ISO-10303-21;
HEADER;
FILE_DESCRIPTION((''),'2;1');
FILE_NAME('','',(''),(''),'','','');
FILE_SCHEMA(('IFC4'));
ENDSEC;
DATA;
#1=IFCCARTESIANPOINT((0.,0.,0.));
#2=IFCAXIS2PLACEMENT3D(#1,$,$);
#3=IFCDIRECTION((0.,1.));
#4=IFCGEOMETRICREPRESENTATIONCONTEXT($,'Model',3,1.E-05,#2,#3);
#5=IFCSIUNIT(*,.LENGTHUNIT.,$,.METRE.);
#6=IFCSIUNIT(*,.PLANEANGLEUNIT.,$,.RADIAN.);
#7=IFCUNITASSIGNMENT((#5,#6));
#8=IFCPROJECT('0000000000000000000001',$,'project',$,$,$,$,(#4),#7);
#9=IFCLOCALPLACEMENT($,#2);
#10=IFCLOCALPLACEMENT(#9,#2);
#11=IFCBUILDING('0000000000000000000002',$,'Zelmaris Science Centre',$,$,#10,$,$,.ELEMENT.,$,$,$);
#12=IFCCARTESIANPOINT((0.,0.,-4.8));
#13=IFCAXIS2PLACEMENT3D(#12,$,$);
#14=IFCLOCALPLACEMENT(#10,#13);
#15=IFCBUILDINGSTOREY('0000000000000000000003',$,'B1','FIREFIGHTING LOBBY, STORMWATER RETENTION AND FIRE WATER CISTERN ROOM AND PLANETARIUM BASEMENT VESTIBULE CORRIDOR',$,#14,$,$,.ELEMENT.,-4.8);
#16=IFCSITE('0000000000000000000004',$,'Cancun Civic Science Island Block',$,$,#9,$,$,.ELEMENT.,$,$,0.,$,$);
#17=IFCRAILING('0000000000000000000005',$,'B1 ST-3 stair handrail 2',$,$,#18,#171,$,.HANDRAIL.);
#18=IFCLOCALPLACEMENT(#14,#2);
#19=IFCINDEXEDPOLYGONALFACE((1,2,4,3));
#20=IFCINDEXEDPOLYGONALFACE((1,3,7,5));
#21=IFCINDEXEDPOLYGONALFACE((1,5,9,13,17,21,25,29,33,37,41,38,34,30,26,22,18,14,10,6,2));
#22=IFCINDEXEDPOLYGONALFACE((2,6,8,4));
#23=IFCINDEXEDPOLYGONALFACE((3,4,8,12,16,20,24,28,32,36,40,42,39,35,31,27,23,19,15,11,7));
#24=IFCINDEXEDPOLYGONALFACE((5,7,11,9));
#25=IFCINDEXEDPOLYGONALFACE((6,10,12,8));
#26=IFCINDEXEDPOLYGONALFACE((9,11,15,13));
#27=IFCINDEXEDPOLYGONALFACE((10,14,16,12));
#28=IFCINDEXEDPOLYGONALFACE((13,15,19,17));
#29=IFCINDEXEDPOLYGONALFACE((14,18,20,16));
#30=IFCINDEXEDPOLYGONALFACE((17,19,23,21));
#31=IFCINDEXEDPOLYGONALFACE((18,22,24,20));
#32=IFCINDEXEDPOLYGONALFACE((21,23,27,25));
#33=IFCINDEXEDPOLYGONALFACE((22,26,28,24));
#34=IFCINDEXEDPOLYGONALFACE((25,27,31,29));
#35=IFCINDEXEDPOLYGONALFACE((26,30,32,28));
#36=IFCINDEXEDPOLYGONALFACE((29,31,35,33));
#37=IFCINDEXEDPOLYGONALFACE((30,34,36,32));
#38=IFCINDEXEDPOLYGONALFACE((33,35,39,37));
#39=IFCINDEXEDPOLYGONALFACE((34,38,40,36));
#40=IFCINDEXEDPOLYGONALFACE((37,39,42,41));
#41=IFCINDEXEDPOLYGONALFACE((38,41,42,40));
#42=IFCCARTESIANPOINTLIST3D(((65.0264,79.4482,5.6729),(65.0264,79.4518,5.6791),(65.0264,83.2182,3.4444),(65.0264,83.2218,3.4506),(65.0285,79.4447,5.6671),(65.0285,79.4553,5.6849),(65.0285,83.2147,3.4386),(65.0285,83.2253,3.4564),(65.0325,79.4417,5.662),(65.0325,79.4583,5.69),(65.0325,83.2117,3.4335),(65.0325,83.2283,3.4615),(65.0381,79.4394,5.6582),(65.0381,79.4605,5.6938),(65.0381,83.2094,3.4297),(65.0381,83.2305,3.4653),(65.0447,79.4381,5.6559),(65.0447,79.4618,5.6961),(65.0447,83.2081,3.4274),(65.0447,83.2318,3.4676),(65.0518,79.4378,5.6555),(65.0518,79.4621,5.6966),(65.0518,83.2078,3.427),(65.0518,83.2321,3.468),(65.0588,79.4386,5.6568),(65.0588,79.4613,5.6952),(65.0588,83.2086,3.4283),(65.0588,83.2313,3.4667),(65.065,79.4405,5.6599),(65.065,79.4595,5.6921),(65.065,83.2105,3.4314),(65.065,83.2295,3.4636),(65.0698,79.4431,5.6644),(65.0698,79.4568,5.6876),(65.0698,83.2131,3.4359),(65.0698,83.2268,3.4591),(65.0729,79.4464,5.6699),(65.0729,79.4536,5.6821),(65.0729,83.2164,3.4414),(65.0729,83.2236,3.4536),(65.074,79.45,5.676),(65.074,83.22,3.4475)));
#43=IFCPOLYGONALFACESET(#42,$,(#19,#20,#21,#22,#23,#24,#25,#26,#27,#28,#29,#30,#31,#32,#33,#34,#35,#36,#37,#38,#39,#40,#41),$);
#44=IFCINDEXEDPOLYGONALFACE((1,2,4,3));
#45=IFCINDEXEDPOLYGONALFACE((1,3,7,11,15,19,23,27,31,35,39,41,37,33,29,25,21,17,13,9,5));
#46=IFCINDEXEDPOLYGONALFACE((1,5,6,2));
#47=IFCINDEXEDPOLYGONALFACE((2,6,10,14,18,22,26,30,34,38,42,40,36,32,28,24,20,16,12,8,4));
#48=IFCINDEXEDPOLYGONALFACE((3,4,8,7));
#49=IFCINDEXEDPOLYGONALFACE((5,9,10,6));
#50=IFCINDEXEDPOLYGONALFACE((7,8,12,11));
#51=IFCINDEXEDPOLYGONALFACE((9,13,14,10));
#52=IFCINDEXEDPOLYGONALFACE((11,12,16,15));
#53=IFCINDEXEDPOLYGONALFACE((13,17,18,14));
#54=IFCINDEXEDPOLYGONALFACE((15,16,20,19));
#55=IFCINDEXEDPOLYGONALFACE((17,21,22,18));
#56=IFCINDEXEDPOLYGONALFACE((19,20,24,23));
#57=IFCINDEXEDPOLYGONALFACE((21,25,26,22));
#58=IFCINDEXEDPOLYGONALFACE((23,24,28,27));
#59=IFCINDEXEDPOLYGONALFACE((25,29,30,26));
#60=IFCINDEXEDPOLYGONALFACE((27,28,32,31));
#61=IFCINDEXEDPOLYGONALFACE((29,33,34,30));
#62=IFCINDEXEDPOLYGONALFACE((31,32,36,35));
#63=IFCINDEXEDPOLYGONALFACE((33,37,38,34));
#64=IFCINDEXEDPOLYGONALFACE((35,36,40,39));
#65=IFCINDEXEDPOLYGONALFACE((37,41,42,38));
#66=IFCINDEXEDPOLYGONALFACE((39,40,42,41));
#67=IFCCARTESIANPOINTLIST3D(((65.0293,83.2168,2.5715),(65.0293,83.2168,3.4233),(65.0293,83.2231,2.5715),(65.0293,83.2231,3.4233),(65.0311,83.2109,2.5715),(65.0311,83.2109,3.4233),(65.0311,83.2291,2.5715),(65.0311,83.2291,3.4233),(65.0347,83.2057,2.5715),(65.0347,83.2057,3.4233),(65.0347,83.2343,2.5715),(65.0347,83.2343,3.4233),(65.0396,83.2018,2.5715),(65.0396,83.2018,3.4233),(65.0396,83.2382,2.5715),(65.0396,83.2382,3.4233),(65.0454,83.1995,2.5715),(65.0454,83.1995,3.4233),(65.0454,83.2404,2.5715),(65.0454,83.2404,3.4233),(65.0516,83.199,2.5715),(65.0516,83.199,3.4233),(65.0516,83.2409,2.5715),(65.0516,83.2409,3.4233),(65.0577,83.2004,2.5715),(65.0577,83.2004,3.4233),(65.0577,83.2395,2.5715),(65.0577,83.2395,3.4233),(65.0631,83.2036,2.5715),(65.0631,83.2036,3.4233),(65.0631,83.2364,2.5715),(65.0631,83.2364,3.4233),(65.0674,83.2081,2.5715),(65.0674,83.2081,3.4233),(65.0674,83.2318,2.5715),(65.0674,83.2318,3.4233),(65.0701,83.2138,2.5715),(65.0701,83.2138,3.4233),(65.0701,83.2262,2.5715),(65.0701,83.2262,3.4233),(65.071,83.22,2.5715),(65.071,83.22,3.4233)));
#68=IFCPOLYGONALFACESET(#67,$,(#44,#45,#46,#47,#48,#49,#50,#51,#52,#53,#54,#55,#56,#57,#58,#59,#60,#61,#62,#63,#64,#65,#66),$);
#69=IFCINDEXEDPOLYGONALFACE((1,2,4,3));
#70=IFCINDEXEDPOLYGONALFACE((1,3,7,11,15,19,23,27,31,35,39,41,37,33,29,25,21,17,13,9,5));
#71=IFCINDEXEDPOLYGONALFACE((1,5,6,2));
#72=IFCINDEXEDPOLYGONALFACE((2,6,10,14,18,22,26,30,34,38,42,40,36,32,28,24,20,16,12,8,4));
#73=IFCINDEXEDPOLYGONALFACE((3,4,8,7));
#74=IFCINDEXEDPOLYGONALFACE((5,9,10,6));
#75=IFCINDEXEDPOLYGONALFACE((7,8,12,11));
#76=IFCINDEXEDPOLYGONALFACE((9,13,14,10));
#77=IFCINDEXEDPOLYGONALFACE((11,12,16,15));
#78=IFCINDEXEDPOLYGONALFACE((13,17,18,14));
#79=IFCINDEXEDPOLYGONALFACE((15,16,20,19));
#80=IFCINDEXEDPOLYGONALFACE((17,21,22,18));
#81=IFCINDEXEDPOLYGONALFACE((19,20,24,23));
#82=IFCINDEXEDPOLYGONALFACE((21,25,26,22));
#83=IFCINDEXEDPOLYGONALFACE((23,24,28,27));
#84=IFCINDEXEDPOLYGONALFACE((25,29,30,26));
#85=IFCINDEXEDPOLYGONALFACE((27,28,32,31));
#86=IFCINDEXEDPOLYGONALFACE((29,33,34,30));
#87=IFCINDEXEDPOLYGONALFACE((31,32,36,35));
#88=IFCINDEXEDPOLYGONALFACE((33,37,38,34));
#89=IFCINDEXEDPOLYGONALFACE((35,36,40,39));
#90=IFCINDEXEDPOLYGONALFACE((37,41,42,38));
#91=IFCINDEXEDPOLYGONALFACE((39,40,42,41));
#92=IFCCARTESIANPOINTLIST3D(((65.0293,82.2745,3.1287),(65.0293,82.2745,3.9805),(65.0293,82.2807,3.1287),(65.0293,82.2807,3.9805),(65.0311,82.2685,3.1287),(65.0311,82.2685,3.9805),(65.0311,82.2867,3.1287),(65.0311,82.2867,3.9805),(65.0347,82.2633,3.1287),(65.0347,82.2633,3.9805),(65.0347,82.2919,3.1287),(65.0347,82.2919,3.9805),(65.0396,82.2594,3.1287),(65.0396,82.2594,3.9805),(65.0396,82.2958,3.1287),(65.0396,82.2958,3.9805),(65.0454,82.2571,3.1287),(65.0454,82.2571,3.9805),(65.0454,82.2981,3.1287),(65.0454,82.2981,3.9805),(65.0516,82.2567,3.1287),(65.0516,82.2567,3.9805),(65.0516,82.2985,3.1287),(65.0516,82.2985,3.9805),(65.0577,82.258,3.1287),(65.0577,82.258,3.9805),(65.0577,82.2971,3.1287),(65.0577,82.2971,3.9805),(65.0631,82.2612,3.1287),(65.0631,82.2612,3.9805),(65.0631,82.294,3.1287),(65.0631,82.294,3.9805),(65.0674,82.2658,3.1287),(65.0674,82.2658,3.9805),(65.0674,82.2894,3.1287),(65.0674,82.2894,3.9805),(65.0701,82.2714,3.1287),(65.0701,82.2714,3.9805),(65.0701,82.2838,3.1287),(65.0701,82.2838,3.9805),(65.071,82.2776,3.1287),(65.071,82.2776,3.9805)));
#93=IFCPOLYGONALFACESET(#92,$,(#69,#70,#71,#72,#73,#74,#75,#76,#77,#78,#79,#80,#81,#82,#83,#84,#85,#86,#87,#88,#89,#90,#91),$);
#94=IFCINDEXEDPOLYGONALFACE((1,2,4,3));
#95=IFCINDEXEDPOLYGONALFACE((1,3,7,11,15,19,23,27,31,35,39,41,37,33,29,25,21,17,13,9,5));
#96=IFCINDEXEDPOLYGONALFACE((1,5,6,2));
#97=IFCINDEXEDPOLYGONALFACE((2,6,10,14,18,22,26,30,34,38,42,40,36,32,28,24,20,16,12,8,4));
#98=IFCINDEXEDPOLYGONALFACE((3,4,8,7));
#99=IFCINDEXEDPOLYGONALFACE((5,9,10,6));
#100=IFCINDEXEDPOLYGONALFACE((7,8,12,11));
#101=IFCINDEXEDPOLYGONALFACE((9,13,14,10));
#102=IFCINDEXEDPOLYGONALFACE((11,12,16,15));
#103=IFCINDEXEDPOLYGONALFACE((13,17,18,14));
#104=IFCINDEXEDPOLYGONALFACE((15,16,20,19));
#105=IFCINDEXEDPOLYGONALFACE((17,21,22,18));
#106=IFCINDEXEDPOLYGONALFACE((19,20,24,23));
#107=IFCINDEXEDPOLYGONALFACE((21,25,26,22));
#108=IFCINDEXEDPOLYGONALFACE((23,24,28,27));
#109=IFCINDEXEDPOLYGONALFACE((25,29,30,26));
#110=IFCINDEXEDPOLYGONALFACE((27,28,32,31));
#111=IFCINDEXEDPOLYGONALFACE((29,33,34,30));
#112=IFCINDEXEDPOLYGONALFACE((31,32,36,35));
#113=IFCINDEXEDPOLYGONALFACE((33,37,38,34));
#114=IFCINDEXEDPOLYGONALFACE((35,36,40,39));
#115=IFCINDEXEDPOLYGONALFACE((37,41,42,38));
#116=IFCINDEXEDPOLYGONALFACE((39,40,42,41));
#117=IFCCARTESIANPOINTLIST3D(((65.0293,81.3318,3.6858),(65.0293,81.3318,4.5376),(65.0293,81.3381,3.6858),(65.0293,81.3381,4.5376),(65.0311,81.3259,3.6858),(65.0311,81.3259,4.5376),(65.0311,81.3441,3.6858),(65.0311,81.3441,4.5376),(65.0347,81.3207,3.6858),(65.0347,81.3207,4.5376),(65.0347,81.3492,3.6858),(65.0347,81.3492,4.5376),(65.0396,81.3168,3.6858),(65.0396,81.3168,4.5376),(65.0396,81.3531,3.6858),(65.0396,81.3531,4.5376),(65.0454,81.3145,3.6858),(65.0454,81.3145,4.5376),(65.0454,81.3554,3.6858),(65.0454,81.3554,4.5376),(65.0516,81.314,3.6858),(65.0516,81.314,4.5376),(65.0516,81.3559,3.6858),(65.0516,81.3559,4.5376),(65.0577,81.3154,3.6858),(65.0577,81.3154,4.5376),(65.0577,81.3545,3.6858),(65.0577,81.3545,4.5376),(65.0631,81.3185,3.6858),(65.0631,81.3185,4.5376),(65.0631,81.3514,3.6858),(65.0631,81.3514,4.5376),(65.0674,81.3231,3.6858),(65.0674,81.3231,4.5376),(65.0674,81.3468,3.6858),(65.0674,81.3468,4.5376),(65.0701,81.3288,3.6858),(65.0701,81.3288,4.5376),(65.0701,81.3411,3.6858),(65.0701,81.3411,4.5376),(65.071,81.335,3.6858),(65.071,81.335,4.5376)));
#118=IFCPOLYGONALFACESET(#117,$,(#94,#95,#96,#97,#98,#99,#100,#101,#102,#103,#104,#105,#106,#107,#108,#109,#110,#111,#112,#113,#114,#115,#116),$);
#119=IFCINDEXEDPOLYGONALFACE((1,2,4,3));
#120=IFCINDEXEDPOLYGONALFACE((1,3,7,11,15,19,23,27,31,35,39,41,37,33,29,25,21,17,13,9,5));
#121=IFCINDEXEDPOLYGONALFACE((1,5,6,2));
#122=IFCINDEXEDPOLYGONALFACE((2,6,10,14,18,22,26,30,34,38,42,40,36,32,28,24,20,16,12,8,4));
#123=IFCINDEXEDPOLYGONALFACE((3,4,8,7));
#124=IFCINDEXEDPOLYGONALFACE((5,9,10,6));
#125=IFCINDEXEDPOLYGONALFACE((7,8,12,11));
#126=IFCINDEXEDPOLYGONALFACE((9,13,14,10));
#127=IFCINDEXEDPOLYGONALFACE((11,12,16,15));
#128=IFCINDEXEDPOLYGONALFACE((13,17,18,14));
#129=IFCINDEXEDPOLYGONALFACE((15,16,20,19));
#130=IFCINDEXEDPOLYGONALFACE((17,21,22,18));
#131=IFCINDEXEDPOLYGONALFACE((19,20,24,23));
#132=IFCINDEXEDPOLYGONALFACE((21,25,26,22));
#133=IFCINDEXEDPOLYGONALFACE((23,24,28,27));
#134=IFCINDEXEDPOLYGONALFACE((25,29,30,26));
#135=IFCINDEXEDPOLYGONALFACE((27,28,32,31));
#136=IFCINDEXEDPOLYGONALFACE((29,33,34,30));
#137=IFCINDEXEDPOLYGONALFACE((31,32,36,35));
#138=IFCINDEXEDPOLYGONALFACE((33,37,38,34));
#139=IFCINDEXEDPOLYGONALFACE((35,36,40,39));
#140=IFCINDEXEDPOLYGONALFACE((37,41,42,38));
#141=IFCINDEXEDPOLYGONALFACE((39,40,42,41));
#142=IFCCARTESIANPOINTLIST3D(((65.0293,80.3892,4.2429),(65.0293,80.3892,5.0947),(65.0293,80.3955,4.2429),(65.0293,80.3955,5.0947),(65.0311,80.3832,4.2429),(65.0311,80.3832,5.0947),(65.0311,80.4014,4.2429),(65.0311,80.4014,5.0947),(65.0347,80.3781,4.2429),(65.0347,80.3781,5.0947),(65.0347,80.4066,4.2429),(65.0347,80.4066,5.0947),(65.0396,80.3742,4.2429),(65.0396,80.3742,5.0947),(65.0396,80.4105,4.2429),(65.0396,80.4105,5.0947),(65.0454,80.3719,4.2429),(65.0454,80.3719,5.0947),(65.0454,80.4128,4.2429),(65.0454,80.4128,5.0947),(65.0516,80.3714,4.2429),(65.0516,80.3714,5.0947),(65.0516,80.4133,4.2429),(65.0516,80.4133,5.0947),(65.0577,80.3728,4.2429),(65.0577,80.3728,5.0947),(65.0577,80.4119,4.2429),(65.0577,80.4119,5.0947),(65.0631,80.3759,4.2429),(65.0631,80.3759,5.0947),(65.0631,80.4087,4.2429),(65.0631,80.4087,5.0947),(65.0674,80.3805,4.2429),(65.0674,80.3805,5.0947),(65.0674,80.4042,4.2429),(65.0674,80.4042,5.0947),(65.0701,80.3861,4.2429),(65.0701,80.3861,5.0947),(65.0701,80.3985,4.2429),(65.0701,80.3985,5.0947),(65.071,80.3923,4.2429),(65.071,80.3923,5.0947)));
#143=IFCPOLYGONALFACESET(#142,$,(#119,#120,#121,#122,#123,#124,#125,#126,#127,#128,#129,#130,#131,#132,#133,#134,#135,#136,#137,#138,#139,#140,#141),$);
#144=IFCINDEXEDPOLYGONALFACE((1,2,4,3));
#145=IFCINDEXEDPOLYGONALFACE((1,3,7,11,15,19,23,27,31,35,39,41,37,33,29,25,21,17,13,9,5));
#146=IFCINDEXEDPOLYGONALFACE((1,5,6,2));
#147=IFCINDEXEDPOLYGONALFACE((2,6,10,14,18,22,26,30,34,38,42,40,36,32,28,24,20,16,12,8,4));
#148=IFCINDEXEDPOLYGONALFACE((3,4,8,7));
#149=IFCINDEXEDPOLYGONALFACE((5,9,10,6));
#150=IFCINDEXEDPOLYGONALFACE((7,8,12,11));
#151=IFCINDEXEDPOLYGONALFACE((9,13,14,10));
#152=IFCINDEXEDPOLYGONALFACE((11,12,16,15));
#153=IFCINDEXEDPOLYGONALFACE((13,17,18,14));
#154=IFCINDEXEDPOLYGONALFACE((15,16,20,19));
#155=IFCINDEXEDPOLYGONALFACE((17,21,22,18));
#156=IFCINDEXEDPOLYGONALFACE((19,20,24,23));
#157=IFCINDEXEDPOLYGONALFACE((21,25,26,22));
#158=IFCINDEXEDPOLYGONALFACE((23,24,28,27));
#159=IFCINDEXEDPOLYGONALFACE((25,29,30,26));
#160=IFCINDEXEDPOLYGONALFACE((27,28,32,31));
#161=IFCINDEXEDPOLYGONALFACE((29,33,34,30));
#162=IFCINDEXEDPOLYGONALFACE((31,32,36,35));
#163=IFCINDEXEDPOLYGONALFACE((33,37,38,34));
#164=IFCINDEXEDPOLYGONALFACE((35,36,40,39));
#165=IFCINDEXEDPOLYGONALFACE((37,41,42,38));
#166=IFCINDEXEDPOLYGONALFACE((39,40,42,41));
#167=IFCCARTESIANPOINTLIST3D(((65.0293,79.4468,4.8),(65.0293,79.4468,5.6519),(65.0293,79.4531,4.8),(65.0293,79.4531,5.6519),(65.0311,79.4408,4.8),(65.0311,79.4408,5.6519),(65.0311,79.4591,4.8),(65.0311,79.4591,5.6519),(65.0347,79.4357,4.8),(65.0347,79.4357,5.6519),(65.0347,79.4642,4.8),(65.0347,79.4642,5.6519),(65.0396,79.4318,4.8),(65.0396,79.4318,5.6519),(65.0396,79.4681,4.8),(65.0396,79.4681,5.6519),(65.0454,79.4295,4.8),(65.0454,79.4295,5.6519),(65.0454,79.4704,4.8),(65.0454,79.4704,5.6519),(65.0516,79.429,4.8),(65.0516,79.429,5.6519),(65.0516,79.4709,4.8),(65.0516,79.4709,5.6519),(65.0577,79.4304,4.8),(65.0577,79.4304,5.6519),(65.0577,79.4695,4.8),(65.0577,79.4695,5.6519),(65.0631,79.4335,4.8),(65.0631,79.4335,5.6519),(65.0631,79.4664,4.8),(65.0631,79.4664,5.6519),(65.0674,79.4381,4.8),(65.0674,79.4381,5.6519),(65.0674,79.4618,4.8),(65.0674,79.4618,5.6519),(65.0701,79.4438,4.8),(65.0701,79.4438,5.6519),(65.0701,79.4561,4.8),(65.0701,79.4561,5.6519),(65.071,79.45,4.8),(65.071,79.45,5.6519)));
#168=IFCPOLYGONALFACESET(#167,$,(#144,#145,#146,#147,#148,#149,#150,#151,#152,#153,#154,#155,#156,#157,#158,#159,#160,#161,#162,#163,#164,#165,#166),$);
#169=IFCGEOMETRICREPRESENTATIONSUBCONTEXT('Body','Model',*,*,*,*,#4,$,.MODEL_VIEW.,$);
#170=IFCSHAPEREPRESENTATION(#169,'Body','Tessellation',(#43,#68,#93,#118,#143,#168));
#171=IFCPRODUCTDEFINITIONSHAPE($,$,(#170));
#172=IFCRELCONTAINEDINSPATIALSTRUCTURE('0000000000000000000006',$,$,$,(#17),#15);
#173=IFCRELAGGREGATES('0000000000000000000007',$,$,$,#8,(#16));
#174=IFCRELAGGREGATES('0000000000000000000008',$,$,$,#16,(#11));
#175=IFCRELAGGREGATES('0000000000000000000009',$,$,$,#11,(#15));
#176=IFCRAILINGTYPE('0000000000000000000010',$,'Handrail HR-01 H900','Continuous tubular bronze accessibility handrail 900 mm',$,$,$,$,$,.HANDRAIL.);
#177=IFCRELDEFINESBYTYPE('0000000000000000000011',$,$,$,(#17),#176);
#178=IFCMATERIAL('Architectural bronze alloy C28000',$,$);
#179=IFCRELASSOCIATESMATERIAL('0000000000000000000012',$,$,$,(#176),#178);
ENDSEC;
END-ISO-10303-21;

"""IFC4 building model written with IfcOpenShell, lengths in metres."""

from ifc_helpers import new_model, si_unit, direction, frame, origin, origin_2d, place, context, subcontext, project, spatial, circle, extrude, material, type_object, element, save


model = new_model("IFC4")

# Units and contexts
model_context = context("Model", 3, precision=1e-05, world=origin(), true_north=direction((0.0, 1.0)))
body_context = subcontext(model_context, "Body", "Model", "MODEL_VIEW")
ifc_project = project(units=[si_unit("LENGTHUNIT", "METRE"), si_unit("PLANEANGLEUNIT", "RADIAN")], contexts=[model_context])

# Site, building, storey
site_placement = place(None, origin())
site = spatial("IfcSite", under=ifc_project, at=site_placement, Name="Cancun Civic Science Island Block", CompositionType="ELEMENT", RefElevation=0.0)
building_placement = place(site_placement, origin())
building = spatial("IfcBuilding", under=site, at=building_placement, Name="Zelmaris Science Centre", CompositionType="ELEMENT")
storey_placement = place(building_placement, frame((0.0, 0.0, -4.8)))
storey = spatial("IfcBuildingStorey", under=building, at=storey_placement, Name="B1", Description="FIREFIGHTING LOBBY, STORMWATER RETENTION AND FIRE WATER CISTERN ROOM AND PLANETARIUM BASEMENT VESTIBULE CORRIDOR", CompositionType="ELEMENT", Elevation=-4.8)

# Railing
ifc_material_1 = material(Name="Architectural bronze alloy C28000")
railing_type_1 = type_object("IfcRailingType", Name="Handrail HR-01 H900", Description="Continuous tubular bronze accessibility handrail 900 mm", PredefinedType="HANDRAIL", material=ifc_material_1)
railing_1_placement = place(storey_placement, frame((65.05, 83.22, 2.5715)))
element("IfcRailing", 1, at=railing_1_placement, inside=storey, type_object=railing_type_1, Name="B1 ST-3 stair handrail 2", PredefinedType="HANDRAIL", context=body_context, shape_type="SweptSolid", body=[
    extrude(circle(Radius=0.0239, at=origin_2d()), frame((0.0, 0.0, 0.876), z_axis=(0.0, -0.860849, 0.508861), x_axis=(1.0, 0.0, 0.0)), (0.0, 0.0, 1.0), 4.3794),
    extrude(circle(Radius=0.021, at=origin_2d()), origin(), (0.0, 0.0, 1.0), 0.8518),
    extrude(circle(Radius=0.021, at=origin_2d()), frame((0.0, -0.9424, 0.5571)), (0.0, 0.0, 1.0), 0.8518),
    extrude(circle(Radius=0.021, at=origin_2d()), frame((0.0, -1.885, 1.1143)), (0.0, 0.0, 1.0), 0.8518),
    extrude(circle(Radius=0.021, at=origin_2d()), frame((0.0, -2.8276, 1.6714)), (0.0, 0.0, 1.0), 0.8518),
    extrude(circle(Radius=0.021, at=origin_2d()), frame((0.0, -3.77, 2.2285)), (0.0, 0.0, 1.0), 0.8518),
])

save(model, "model.ifc")
